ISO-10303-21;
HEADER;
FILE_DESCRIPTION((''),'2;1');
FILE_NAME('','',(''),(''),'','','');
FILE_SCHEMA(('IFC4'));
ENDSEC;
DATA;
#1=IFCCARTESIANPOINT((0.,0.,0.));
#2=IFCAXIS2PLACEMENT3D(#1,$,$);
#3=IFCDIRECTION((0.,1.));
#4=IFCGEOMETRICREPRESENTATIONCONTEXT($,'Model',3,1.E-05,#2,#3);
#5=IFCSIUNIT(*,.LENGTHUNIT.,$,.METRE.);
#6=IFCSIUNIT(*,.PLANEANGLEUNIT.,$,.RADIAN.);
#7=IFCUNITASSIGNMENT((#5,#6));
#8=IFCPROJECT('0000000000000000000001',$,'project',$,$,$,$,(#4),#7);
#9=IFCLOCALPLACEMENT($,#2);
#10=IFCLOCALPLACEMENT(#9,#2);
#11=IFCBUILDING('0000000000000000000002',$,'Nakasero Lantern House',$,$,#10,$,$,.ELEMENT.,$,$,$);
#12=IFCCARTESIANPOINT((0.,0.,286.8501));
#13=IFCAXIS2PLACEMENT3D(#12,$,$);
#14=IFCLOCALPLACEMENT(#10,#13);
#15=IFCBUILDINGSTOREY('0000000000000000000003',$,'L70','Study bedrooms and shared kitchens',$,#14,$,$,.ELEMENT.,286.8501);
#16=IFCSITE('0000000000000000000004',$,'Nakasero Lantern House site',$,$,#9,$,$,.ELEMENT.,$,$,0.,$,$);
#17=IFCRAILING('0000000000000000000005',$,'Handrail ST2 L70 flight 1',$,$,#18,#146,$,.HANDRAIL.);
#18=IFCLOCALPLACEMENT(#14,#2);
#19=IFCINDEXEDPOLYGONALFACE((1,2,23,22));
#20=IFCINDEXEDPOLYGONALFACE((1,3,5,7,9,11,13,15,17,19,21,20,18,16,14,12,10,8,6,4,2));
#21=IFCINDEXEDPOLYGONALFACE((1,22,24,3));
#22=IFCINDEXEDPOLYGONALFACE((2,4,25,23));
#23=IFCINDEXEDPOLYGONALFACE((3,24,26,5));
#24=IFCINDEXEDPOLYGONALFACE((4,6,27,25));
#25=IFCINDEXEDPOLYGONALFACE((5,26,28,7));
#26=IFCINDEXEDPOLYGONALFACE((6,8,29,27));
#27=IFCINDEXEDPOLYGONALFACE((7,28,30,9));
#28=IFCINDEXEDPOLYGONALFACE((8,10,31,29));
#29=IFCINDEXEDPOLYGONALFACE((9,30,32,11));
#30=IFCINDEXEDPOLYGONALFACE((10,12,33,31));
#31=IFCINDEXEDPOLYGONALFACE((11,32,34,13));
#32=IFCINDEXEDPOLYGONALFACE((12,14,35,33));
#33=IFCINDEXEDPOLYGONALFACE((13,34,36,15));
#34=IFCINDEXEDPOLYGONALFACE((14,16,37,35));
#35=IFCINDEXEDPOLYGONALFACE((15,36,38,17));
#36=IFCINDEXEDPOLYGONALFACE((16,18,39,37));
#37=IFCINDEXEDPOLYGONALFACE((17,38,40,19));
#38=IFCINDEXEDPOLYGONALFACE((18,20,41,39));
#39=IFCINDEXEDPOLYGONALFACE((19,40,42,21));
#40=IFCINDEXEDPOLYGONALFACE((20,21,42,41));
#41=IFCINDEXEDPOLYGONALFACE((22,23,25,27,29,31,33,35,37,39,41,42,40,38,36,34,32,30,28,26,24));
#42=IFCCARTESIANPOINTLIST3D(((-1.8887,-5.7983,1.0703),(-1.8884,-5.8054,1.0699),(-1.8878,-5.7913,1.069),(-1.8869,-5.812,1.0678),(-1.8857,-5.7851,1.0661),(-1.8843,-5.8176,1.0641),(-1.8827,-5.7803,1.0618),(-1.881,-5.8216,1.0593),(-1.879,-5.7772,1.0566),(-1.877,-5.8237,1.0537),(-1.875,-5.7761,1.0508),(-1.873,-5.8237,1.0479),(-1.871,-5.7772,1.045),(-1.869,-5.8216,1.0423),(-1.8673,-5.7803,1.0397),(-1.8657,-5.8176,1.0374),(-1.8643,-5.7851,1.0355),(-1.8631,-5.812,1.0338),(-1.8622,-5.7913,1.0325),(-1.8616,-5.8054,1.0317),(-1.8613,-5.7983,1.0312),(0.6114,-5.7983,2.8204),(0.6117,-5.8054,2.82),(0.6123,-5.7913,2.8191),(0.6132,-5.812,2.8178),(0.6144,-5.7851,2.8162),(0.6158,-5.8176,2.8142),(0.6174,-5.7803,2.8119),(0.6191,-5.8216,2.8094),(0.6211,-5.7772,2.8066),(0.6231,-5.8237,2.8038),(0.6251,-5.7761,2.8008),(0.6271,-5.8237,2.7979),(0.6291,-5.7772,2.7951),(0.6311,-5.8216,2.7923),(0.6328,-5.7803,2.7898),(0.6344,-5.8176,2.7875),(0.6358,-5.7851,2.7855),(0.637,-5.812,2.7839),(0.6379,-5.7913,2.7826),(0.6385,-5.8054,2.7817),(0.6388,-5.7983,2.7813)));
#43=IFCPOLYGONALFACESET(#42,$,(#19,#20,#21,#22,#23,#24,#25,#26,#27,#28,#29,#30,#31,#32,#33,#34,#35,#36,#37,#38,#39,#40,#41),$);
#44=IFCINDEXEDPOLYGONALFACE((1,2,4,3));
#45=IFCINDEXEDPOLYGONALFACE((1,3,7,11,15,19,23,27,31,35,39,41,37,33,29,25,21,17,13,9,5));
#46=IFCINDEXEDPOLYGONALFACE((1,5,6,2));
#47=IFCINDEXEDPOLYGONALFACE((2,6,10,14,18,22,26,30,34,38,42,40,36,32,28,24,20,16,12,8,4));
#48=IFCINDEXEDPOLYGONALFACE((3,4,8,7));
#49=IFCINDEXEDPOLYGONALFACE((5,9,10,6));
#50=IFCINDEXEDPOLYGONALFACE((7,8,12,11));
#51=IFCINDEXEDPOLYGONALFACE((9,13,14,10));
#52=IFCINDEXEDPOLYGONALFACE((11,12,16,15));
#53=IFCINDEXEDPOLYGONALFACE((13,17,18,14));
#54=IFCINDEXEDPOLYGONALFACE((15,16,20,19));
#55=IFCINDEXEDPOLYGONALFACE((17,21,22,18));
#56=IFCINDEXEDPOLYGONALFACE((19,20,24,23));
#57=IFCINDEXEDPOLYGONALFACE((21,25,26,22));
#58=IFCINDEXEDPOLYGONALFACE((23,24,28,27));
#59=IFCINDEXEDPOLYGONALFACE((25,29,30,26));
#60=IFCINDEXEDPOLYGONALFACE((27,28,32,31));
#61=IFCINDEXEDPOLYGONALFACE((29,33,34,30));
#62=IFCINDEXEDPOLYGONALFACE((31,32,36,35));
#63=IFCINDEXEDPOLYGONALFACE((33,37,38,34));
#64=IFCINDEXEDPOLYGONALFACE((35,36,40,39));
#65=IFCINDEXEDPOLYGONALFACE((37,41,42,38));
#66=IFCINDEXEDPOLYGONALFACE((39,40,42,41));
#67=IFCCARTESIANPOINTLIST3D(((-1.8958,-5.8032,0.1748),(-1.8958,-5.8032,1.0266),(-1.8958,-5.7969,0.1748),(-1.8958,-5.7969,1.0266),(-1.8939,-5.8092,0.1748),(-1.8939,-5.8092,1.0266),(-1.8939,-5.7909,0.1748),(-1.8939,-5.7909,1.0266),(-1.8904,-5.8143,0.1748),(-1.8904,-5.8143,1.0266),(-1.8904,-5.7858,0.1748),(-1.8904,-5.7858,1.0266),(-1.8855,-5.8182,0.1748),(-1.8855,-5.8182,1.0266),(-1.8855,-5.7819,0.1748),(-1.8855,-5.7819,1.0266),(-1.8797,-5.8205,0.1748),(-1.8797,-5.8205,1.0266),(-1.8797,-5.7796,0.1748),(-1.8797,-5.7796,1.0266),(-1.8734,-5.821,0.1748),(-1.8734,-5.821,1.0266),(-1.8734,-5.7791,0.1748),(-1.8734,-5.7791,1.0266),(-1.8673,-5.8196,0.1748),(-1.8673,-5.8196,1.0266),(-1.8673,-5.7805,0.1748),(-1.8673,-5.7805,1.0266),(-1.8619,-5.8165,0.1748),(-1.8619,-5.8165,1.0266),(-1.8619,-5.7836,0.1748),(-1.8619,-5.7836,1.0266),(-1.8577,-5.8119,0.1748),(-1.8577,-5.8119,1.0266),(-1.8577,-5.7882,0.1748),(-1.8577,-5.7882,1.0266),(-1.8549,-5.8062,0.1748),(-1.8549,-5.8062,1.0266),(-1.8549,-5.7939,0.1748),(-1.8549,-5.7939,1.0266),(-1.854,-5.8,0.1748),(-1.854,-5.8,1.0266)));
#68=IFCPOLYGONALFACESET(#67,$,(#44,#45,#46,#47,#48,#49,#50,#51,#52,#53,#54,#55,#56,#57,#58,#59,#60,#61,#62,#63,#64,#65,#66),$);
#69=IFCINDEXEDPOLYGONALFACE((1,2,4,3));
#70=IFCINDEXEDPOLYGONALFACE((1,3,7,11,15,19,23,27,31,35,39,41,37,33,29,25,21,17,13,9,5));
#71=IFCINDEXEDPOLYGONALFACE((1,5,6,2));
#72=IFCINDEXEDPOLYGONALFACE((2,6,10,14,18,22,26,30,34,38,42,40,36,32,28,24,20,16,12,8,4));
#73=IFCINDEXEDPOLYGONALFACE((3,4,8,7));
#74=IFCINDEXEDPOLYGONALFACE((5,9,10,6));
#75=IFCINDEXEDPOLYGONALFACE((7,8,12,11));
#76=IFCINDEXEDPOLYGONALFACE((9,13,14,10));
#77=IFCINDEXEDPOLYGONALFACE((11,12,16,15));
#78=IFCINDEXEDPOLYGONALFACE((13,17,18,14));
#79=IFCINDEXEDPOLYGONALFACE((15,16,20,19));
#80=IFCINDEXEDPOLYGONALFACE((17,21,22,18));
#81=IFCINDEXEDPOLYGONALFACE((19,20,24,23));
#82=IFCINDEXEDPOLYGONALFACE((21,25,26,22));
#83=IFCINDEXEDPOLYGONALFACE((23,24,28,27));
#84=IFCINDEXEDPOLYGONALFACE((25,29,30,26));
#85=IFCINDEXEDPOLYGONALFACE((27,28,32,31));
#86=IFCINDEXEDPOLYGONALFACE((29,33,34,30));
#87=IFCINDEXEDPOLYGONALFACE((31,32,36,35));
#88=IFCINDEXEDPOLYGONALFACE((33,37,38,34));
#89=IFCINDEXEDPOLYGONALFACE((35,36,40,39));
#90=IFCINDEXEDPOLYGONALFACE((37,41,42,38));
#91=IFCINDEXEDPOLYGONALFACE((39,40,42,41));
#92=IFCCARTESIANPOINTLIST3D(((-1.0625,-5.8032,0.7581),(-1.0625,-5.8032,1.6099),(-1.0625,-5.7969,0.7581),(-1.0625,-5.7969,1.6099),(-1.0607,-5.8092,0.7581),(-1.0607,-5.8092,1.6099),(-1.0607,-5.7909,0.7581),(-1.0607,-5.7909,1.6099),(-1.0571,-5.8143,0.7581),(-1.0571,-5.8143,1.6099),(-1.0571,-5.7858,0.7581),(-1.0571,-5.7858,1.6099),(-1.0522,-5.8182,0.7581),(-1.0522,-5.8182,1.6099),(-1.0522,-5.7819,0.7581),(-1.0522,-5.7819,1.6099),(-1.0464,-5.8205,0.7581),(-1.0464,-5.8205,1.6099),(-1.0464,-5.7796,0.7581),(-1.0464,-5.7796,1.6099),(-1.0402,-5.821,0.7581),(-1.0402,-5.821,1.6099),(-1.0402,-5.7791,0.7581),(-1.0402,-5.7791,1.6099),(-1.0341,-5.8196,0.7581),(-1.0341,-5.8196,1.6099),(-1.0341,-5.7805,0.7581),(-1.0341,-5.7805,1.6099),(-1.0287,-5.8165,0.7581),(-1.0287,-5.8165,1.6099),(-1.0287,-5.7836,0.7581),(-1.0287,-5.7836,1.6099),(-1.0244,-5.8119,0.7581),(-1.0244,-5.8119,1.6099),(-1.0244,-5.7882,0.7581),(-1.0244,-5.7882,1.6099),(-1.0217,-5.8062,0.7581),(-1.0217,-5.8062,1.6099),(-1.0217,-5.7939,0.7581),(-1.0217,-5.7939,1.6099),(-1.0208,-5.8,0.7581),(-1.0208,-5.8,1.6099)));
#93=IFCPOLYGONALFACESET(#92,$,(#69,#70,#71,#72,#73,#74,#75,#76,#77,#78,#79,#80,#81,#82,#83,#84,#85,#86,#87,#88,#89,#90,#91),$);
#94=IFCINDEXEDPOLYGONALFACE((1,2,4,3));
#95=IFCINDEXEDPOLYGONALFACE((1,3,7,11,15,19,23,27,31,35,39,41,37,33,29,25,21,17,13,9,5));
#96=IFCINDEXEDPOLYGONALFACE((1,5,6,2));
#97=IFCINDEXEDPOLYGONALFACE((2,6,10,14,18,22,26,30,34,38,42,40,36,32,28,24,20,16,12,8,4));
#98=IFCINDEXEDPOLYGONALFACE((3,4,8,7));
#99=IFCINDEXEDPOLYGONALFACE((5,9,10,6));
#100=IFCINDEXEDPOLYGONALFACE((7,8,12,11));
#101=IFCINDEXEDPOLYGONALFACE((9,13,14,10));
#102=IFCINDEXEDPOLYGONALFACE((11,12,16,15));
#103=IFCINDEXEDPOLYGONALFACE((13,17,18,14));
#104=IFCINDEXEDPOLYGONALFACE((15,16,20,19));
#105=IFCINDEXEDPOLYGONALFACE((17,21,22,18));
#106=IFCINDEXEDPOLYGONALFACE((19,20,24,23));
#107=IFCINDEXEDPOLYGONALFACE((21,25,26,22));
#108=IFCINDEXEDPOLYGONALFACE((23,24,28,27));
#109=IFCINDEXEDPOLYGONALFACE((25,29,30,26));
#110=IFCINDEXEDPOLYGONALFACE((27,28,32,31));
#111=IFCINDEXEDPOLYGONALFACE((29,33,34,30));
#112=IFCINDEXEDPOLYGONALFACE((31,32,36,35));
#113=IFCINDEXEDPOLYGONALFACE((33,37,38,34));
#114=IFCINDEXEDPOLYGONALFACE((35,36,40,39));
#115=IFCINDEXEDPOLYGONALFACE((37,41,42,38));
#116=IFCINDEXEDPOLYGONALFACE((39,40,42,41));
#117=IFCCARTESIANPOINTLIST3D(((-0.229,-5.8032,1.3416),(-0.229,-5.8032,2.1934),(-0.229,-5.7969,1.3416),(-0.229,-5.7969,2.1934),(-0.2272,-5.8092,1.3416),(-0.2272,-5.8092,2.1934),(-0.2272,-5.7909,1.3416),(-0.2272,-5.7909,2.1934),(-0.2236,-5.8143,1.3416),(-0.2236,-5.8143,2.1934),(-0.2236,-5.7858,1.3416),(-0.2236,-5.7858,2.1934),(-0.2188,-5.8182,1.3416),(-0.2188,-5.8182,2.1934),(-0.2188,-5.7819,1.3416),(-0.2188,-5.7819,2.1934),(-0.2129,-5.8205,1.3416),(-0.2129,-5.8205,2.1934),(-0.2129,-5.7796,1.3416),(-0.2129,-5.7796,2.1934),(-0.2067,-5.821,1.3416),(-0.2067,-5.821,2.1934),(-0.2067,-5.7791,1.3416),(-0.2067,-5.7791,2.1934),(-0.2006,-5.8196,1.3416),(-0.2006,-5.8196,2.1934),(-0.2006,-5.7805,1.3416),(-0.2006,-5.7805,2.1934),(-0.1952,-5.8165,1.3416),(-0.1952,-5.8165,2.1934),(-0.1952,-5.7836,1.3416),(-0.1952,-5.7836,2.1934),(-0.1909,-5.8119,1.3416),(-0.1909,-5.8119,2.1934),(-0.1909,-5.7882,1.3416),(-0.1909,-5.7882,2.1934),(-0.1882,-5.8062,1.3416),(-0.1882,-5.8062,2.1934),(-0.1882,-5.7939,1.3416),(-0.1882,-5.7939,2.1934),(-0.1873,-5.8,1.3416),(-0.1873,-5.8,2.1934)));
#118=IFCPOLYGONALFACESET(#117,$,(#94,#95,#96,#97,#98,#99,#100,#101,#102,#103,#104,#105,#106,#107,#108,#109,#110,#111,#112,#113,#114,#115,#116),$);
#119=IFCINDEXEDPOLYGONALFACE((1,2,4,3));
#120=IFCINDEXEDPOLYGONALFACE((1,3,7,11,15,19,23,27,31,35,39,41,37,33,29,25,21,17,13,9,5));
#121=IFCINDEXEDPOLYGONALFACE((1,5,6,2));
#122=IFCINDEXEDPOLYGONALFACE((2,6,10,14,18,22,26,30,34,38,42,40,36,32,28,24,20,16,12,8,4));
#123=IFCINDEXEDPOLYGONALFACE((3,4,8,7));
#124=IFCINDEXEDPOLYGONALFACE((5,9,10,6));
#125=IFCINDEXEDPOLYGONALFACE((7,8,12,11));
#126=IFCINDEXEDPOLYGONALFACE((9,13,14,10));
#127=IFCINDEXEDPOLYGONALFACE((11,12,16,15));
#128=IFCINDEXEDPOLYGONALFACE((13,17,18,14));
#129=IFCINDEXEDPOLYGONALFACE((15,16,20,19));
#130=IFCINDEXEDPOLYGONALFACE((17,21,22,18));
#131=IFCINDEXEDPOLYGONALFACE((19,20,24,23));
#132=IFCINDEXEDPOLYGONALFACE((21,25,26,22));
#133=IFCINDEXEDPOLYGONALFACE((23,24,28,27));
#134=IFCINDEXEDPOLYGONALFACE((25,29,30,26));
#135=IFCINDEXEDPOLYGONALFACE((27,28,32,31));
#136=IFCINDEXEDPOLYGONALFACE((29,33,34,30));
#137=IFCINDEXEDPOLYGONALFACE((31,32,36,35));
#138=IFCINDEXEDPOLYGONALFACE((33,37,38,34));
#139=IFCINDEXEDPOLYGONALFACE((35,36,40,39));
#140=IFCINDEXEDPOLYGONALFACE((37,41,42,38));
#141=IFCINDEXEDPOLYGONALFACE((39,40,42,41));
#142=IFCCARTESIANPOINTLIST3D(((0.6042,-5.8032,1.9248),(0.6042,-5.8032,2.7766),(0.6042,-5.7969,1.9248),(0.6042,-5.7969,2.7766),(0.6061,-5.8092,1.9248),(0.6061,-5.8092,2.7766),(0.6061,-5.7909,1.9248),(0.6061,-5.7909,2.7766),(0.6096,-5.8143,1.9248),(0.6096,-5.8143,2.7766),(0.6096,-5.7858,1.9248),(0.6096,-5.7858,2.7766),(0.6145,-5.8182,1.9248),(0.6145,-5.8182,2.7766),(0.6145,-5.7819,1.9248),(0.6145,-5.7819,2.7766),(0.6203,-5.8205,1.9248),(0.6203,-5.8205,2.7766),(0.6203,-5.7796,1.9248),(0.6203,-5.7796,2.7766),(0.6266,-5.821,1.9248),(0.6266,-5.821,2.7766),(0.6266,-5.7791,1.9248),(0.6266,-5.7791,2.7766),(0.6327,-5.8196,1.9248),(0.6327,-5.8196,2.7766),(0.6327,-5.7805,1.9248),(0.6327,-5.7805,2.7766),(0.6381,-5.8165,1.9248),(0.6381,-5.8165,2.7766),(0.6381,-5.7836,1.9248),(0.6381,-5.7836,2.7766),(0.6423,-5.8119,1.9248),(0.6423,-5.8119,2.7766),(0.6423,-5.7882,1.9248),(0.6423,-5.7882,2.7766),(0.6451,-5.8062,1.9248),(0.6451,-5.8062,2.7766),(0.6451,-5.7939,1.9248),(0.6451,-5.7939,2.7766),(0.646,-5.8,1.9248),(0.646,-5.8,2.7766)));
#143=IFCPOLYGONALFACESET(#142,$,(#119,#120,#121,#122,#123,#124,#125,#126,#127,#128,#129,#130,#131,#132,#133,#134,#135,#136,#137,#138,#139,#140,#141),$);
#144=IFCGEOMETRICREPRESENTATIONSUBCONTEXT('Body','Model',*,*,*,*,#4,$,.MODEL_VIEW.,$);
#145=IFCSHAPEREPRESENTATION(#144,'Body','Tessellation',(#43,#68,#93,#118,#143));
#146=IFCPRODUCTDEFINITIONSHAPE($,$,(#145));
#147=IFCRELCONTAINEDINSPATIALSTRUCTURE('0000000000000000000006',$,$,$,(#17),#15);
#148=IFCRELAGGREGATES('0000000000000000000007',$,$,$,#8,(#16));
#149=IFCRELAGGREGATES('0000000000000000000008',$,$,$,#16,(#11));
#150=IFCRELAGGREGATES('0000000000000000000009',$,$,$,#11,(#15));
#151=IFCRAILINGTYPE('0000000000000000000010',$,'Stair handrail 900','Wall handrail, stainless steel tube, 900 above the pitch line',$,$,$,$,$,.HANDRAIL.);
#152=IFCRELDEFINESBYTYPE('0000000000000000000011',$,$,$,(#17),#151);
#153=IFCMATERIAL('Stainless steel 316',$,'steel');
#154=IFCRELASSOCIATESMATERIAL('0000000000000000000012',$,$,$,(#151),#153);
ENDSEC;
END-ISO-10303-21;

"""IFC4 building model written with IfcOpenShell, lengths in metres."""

from ifc_helpers import new_model, si_unit, direction, frame, origin, origin_2d, place, context, subcontext, project, spatial, circle, extrude, material, type_object, element, save


model = new_model("IFC4")

# Units and contexts
model_context = context("Model", 3, precision=1e-05, world=origin(), true_north=direction((0.0, 1.0)))
body_context = subcontext(model_context, "Body", "Model", "MODEL_VIEW")
ifc_project = project(units=[si_unit("LENGTHUNIT", "METRE"), si_unit("PLANEANGLEUNIT", "RADIAN")], contexts=[model_context])

# Site, building, storey
site_placement = place(None, origin())
site = spatial("IfcSite", under=ifc_project, at=site_placement, Name="Nakasero Lantern House site", CompositionType="ELEMENT", RefElevation=0.0)
building_placement = place(site_placement, origin())
building = spatial("IfcBuilding", under=site, at=building_placement, Name="Nakasero Lantern House", CompositionType="ELEMENT")
storey_placement = place(building_placement, frame((0.0, 0.0, 286.8501)))
storey = spatial("IfcBuildingStorey", under=building, at=storey_placement, Name="L70", Description="Study bedrooms and shared kitchens", CompositionType="ELEMENT", Elevation=286.8501)

# Railing
ifc_material_1 = material(Name="Stainless steel 316", Category="steel")
railing_type = type_object("IfcRailingType", Name="Stair handrail 900", Description="Wall handrail, stainless steel tube, 900 above the pitch line", PredefinedType="HANDRAIL", material=ifc_material_1)
railing_placement = place(storey_placement, frame((-1.875, -5.8, 0.1748)))
element("IfcRailing", 1, at=railing_placement, inside=storey, type_object=railing_type, Name="Handrail ST2 L70 flight 1", PredefinedType="HANDRAIL", context=body_context, shape_type="SweptSolid", body=[
    extrude(circle(Radius=0.0239, at=origin_2d()), frame((0.0, 0.0, 0.876), z_axis=(0.819232, 0.0, 0.573462), x_axis=(0.0, 1.0, 0.0)), (0.0, 0.0, 1.0), 3.0518),
    extrude(circle(Radius=0.021, at=origin_2d()), origin(), (0.0, 0.0, 1.0), 0.8518),
    extrude(circle(Radius=0.021, at=origin_2d()), frame((0.8333, 0.0, 0.5833)), (0.0, 0.0, 1.0), 0.8518),
    extrude(circle(Radius=0.021, at=origin_2d()), frame((1.6667, 0.0, 1.1667)), (0.0, 0.0, 1.0), 0.8518),
    extrude(circle(Radius=0.021, at=origin_2d()), frame((2.5, 0.0, 1.75)), (0.0, 0.0, 1.0), 0.8518),
])

save(model, "model.ifc")
